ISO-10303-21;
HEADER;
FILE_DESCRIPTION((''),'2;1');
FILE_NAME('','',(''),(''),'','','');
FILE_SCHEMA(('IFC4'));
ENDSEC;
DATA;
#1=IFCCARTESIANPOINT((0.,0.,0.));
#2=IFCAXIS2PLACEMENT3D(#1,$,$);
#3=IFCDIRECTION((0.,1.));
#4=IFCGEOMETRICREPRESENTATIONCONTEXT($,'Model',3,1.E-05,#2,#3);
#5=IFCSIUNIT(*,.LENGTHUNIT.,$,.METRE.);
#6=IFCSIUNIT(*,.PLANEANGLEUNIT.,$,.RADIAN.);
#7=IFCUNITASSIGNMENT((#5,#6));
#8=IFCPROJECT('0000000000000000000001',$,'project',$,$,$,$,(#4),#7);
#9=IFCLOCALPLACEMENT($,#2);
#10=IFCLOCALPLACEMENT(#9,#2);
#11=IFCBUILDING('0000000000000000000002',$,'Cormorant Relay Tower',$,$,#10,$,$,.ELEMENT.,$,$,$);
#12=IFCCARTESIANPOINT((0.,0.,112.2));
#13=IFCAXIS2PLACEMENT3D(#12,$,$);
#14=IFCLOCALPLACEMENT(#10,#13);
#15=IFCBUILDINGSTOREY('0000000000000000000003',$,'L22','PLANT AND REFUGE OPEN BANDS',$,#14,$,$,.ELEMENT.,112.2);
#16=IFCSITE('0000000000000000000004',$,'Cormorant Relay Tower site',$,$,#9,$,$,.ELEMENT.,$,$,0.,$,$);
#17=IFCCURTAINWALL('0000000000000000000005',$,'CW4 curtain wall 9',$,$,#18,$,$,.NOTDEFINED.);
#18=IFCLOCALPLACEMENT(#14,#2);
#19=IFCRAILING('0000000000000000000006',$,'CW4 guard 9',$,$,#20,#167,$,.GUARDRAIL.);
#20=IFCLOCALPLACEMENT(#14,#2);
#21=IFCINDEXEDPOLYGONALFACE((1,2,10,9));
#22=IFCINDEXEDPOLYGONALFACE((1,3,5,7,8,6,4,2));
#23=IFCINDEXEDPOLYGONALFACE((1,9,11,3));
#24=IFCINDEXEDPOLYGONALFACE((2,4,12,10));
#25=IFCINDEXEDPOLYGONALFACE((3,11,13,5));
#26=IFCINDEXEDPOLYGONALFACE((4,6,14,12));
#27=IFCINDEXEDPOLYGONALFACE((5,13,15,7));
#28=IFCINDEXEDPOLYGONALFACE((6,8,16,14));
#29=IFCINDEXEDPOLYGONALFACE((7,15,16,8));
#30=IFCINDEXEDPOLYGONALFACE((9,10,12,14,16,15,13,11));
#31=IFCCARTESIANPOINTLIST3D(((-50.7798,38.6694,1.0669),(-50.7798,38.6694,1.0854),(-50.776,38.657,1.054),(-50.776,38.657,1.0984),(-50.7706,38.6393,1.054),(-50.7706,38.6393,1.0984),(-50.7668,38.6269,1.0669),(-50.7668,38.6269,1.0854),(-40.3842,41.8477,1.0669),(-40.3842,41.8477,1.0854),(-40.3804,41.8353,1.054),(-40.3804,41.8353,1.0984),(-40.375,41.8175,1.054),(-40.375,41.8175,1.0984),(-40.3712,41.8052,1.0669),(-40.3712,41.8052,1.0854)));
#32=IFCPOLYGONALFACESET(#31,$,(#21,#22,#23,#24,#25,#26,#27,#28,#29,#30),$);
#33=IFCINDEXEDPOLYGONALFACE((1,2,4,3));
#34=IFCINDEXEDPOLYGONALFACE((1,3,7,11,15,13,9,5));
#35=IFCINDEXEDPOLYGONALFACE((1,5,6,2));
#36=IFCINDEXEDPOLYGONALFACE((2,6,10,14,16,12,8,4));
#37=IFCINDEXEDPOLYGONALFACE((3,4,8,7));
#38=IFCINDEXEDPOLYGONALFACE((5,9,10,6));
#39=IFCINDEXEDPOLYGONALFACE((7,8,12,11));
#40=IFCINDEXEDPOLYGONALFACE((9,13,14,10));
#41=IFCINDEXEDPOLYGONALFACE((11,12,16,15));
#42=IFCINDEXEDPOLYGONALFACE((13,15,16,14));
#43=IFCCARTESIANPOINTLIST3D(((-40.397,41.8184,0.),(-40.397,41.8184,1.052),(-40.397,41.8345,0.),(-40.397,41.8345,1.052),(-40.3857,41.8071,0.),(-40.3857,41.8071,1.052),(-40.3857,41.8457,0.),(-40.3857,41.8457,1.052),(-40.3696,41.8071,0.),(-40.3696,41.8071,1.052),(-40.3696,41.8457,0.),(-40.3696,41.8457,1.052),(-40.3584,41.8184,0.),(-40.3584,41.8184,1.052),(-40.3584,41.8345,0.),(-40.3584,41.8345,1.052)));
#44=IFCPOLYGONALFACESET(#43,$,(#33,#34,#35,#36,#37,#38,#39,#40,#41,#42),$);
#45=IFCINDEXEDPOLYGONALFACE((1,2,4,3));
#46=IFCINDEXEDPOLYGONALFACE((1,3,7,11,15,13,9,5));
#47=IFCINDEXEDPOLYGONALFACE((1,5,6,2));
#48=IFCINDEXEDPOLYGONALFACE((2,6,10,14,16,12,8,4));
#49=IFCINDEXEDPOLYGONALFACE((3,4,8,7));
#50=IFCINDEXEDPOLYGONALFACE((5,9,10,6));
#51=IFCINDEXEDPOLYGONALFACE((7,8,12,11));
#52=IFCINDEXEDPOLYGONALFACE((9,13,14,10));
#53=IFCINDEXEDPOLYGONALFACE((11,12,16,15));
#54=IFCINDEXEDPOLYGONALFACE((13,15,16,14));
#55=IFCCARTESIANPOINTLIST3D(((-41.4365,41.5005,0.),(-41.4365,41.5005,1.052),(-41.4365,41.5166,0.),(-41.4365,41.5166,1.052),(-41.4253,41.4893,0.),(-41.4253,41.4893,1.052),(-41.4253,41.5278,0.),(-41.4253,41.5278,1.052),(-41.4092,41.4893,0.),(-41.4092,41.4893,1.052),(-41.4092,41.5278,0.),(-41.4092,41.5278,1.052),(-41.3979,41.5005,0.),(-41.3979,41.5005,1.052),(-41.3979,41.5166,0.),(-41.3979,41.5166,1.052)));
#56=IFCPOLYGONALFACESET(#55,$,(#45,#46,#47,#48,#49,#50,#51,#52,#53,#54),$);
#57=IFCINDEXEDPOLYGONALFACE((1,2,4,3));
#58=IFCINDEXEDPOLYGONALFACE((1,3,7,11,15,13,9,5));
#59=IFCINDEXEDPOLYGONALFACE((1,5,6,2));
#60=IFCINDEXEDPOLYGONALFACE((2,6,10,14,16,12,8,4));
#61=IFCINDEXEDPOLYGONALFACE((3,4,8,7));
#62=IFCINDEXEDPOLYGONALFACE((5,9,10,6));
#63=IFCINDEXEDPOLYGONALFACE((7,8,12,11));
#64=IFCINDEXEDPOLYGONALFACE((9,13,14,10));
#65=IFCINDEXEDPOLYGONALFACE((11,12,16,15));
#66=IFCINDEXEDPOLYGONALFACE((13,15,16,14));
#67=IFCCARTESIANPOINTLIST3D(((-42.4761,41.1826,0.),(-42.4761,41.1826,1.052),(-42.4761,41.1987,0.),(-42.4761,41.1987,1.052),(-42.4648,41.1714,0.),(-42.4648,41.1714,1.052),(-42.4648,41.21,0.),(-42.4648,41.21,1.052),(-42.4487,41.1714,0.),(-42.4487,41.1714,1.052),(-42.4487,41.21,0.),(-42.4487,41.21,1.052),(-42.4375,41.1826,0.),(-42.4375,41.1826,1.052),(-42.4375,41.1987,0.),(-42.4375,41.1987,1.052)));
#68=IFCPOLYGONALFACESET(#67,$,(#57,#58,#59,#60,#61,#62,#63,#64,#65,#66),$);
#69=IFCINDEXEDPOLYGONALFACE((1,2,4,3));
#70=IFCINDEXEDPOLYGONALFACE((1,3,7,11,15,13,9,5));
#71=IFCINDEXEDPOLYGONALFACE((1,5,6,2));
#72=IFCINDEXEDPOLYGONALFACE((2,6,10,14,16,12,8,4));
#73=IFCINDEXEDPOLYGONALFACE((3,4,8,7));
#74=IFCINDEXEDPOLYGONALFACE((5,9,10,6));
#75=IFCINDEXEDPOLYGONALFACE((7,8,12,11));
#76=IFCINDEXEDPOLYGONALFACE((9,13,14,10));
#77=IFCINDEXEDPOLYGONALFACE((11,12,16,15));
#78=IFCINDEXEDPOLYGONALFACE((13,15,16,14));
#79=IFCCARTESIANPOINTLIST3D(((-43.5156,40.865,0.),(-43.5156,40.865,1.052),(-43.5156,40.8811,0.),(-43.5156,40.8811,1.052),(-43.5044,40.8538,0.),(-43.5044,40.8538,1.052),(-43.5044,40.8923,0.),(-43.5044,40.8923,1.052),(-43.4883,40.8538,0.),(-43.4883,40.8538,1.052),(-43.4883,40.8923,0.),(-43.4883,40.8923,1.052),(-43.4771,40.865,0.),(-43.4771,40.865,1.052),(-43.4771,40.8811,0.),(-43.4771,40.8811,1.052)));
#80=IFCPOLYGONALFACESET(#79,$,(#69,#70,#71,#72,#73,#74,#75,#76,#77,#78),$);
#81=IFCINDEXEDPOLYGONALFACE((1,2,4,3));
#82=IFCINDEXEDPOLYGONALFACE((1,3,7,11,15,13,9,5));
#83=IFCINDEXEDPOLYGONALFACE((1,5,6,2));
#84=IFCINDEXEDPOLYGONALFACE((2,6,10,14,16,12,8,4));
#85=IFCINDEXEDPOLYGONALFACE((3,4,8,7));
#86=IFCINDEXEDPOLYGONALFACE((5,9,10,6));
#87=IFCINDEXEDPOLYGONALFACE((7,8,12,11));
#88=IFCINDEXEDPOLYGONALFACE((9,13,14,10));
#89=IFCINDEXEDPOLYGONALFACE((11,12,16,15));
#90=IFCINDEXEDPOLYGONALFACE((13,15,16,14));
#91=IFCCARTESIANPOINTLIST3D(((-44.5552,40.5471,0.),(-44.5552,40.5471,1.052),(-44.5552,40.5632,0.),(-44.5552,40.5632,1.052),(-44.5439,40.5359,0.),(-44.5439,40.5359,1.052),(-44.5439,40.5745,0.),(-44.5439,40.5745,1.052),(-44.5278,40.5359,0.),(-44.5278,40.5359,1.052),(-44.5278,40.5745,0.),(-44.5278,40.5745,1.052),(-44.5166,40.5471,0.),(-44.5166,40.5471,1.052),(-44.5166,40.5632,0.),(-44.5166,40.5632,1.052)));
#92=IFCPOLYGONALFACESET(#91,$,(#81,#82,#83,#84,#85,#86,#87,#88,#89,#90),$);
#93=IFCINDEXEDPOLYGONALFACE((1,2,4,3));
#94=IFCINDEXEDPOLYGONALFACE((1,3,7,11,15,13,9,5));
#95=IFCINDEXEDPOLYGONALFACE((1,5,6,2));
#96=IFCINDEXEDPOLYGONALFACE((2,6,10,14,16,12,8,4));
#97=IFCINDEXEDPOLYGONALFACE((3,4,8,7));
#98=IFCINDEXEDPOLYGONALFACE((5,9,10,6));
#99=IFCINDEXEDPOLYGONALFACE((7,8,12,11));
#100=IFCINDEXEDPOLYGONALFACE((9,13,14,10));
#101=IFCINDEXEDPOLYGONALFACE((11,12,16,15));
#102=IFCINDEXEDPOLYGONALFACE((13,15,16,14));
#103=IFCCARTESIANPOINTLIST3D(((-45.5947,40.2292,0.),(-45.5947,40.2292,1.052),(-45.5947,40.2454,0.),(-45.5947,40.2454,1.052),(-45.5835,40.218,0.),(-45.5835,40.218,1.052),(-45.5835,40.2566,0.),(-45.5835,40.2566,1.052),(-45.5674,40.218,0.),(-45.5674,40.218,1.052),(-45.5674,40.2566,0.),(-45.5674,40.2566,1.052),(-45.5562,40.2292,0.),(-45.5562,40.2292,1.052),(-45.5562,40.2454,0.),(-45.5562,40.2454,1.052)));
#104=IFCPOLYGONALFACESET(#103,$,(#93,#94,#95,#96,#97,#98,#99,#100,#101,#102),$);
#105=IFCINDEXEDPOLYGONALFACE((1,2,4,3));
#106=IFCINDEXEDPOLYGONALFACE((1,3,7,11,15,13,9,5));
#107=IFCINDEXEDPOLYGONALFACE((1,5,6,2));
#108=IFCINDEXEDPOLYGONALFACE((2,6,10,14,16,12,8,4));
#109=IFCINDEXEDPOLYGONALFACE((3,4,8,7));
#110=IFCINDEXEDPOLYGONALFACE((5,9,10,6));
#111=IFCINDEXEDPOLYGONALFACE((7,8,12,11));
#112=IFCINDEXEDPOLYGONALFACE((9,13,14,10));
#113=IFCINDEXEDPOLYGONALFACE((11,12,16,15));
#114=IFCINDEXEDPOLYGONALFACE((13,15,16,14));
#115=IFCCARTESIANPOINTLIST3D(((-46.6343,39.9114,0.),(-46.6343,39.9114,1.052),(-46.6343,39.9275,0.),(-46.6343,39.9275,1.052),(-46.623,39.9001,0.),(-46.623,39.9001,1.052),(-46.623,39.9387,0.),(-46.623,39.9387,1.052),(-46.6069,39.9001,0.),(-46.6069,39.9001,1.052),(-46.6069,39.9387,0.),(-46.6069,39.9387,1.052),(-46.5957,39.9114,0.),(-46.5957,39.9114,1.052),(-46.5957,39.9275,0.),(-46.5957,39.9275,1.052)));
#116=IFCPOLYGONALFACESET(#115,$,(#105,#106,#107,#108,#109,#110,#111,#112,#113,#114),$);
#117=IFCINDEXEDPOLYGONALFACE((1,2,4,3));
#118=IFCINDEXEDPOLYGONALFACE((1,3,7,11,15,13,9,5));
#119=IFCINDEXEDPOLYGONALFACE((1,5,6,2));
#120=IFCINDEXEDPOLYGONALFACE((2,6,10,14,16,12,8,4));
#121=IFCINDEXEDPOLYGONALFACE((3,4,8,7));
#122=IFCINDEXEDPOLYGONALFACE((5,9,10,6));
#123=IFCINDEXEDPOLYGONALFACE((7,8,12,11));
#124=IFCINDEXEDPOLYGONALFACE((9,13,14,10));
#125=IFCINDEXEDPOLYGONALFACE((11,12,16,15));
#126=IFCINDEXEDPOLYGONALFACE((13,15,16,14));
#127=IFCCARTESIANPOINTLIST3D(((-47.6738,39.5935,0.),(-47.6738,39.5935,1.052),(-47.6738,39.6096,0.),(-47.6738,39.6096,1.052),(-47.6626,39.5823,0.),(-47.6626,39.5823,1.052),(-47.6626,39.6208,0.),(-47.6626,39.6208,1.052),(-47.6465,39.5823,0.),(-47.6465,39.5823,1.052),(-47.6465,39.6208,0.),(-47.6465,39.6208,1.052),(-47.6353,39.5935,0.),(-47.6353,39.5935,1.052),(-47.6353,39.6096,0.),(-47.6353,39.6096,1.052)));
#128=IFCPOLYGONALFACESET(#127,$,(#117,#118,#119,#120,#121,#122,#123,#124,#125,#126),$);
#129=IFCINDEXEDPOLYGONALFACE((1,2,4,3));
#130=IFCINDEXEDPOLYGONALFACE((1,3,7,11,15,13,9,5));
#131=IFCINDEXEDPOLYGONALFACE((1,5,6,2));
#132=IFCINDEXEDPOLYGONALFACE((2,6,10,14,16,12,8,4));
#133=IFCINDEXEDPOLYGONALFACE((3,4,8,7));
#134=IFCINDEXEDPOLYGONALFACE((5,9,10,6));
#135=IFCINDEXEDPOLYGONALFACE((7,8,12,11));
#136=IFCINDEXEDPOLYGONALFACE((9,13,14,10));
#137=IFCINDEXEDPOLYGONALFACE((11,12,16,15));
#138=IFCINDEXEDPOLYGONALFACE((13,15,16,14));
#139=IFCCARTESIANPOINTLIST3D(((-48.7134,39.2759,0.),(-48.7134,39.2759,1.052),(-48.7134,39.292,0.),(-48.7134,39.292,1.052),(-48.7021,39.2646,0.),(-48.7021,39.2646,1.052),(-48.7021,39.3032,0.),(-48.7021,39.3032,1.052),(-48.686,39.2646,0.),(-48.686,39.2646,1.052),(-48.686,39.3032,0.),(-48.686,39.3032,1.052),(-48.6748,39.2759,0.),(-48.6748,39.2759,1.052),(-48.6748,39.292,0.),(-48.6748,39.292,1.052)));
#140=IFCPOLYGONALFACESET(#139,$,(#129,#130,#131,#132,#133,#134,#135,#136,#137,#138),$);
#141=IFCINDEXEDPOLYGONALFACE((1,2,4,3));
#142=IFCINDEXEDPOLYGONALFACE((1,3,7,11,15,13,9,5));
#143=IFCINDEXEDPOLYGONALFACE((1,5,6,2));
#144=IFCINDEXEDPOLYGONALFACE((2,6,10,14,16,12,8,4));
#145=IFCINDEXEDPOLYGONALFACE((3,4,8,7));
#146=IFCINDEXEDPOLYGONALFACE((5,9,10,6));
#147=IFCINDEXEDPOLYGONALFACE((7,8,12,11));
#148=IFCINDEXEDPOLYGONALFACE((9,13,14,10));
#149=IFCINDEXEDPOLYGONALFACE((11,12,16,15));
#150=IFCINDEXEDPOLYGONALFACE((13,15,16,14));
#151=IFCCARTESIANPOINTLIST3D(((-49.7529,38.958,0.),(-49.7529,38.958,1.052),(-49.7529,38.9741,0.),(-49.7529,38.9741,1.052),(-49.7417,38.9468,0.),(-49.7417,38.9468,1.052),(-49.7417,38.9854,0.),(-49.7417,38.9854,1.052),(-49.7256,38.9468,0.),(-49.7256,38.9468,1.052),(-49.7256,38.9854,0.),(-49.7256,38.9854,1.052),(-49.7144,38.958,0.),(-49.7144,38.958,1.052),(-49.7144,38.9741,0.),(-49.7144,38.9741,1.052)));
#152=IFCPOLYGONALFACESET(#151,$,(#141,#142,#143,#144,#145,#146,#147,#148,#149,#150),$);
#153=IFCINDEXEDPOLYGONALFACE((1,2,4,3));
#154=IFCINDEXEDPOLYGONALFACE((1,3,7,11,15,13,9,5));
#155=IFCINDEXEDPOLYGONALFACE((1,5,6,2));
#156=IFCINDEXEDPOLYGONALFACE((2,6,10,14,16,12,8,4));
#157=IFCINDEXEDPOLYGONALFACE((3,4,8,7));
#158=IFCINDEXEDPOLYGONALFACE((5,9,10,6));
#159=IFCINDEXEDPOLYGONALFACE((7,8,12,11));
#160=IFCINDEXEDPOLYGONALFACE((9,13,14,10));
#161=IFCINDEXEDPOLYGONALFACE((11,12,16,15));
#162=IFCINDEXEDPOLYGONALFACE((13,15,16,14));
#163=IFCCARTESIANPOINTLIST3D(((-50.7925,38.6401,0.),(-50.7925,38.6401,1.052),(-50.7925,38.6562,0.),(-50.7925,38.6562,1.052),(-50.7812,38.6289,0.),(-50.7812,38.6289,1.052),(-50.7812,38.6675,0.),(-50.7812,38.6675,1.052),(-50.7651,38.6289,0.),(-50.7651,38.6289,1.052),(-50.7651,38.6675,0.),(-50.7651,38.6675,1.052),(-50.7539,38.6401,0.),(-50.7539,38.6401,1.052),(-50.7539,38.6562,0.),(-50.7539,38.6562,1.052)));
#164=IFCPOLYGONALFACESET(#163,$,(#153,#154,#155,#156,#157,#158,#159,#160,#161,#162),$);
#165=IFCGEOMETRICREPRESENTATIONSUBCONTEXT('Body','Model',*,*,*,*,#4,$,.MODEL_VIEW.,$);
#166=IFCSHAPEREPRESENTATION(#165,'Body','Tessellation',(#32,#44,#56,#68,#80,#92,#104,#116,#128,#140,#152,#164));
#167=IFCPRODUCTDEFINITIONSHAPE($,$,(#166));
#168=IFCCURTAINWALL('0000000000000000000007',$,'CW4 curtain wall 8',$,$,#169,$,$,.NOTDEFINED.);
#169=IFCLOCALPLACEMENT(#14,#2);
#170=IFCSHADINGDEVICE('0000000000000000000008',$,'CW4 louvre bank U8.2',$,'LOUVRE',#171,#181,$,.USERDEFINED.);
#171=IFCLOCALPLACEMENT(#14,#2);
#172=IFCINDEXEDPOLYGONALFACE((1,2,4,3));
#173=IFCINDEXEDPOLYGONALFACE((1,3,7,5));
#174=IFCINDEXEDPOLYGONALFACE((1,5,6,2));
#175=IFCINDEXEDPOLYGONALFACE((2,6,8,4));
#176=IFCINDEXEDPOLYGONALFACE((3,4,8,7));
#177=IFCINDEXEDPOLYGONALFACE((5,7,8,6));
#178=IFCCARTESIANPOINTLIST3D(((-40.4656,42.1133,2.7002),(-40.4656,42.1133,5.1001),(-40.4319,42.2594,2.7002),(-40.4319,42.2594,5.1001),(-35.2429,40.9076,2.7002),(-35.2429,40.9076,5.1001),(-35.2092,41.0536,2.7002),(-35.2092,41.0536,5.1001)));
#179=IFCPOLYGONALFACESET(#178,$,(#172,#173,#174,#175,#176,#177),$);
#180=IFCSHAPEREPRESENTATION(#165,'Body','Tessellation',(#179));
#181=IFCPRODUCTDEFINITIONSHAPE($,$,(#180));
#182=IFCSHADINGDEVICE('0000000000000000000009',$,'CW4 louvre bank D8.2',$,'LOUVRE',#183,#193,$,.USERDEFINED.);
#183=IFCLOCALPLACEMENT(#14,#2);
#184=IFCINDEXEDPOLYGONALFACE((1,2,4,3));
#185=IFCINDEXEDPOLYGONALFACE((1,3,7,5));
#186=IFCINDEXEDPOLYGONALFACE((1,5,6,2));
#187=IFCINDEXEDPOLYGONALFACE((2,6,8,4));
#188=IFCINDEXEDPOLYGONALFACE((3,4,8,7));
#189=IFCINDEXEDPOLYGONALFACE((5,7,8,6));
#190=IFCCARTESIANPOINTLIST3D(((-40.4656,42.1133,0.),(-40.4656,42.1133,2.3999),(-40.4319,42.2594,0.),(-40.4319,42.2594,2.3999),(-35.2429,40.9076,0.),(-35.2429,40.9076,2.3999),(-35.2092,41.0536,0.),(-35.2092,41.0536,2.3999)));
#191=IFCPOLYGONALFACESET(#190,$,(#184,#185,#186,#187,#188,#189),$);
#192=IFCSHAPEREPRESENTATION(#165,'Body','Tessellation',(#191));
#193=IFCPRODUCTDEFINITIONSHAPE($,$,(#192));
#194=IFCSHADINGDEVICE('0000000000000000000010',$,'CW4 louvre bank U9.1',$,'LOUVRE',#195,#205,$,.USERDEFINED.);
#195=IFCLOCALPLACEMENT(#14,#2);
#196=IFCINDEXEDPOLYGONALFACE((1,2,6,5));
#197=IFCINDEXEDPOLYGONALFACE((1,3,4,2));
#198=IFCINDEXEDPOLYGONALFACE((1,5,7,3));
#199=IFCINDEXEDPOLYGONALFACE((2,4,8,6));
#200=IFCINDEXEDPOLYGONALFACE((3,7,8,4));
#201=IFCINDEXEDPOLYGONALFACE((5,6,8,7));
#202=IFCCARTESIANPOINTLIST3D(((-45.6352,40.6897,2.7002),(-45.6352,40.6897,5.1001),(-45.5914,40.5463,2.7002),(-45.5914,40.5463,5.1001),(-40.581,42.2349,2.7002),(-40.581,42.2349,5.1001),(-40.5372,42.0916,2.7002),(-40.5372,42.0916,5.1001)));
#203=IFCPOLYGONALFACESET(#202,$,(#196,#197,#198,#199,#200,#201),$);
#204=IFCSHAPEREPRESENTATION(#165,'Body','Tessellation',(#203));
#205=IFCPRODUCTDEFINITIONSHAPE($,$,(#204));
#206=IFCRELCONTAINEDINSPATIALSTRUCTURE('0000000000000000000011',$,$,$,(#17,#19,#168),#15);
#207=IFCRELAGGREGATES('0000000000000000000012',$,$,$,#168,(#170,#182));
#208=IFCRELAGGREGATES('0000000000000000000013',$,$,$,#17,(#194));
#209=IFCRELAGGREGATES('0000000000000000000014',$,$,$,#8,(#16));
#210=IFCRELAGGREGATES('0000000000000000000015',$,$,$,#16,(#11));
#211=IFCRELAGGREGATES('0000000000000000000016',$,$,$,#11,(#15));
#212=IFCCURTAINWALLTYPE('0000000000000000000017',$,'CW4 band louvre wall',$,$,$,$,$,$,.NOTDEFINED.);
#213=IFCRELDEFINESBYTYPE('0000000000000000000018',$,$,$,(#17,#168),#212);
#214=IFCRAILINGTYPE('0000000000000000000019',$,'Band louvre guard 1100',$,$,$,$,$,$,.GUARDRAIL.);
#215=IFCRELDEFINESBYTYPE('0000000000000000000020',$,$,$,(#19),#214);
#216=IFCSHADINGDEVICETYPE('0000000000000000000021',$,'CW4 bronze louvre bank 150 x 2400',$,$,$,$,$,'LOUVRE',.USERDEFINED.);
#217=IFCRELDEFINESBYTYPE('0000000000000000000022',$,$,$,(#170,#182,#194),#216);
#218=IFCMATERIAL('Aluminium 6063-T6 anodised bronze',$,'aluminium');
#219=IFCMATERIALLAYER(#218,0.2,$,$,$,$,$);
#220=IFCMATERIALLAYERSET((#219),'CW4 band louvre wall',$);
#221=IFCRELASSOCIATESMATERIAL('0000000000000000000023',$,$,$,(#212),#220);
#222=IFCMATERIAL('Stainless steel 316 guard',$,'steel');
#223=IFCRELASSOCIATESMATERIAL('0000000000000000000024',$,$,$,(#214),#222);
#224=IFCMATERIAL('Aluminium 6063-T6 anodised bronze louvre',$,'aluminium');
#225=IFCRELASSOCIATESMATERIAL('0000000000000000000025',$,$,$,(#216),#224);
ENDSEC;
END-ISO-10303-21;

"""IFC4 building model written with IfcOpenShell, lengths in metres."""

from ifc_helpers import new_model, si_unit, direction, frame, origin, origin_2d, place, context, subcontext, project, spatial, polyline, rectangle, outline, extrude, material, layer, layer_set, type_object, element, aggregate, save


model = new_model("IFC4")

# Units and contexts
model_context = context("Model", 3, precision=1e-05, world=origin(), true_north=direction((0.0, 1.0)))
body_context = subcontext(model_context, "Body", "Model", "MODEL_VIEW")
ifc_project = project(units=[si_unit("LENGTHUNIT", "METRE"), si_unit("PLANEANGLEUNIT", "RADIAN")], contexts=[model_context])

# Site, building, storey
site_placement = place(None, origin())
site = spatial("IfcSite", under=ifc_project, at=site_placement, Name="Cormorant Relay Tower site", CompositionType="ELEMENT", RefElevation=0.0)
building_placement = place(site_placement, origin())
building = spatial("IfcBuilding", under=site, at=building_placement, Name="Cormorant Relay Tower", CompositionType="ELEMENT")
storey_placement = place(building_placement, frame((0.0, 0.0, 112.2)))
storey = spatial("IfcBuildingStorey", under=building, at=storey_placement, Name="L22", Description="PLANT AND REFUGE OPEN BANDS", CompositionType="ELEMENT", Elevation=112.2)

# Curtain wall
ifc_material_1 = material(Name="Aluminium 6063-T6 anodised bronze", Category="aluminium")
ifc_layer_1 = layer(ifc_material_1, 0.2)
ifc_layer_set_1 = layer_set([ifc_layer_1], Name="CW4 band louvre wall")
curtain_wall_type = type_object("IfcCurtainWallType", Name="CW4 band louvre wall", PredefinedType="NOTDEFINED", material=ifc_layer_set_1)
curtain_wall_1_placement = place(storey_placement, origin())
curtain_wall_1 = element("IfcCurtainWall", 1, at=curtain_wall_1_placement, inside=storey, type_object=curtain_wall_type, Name="CW4 curtain wall 9", PredefinedType="NOTDEFINED")

# Railing
ifc_material_2 = material(Name="Stainless steel 316 guard", Category="steel")
railing_type = type_object("IfcRailingType", Name="Band louvre guard 1100", PredefinedType="GUARDRAIL", material=ifc_material_2)
railing_placement = place(storey_placement, frame((-40.3777, 41.8264, 0.0)))
element("IfcRailing", 2, at=railing_placement, inside=storey, type_object=railing_type, Name="CW4 guard 9", PredefinedType="GUARDRAIL", context=body_context, shape_type="SweptSolid", body=[
    extrude(outline(polyline([(0.0222, 0.0093), (0.0093, 0.0222), (-0.0093, 0.0222), (-0.0222, 0.0093), (-0.0222, -0.0093), (-0.0093, -0.0222), (0.0093, -0.0222), (0.0222, -0.0093), (0.0222, 0.0093)])), frame((0.0, 0.0, 1.0762), z_axis=(-0.956305, -0.292371, 0.0), x_axis=(0.292371, -0.956305, 0.0)), (0.0, 0.0, 1.0), 10.8706),
    extrude(outline(polyline([(0.0193, 0.0081), (0.0081, 0.0193), (-0.0081, 0.0193), (-0.0193, 0.0081), (-0.0193, -0.0081), (-0.0081, -0.0193), (0.0081, -0.0193), (0.0193, -0.0081), (0.0193, 0.0081)])), origin(), (0.0, 0.0, 1.0), 1.052),
    extrude(outline(polyline([(0.0193, 0.0081), (0.0081, 0.0193), (-0.0081, 0.0193), (-0.0193, 0.0081), (-0.0193, -0.0081), (-0.0081, -0.0193), (0.0081, -0.0193), (0.0193, -0.0081), (0.0193, 0.0081)])), frame((-1.0396, -0.3179, 0.0)), (0.0, 0.0, 1.0), 1.052),
    extrude(outline(polyline([(0.0193, 0.0081), (0.0081, 0.0193), (-0.0081, 0.0193), (-0.0193, 0.0081), (-0.0193, -0.0081), (-0.0081, -0.0193), (0.0081, -0.0193), (0.0193, -0.0081), (0.0193, 0.0081)])), frame((-2.0791, -0.6357, 0.0)), (0.0, 0.0, 1.0), 1.052),
    extrude(outline(polyline([(0.0193, 0.0081), (0.0081, 0.0193), (-0.0081, 0.0193), (-0.0193, 0.0081), (-0.0193, -0.0081), (-0.0081, -0.0193), (0.0081, -0.0193), (0.0193, -0.0081), (0.0193, 0.0081)])), frame((-3.1187, -0.9534, 0.0)), (0.0, 0.0, 1.0), 1.052),
    extrude(outline(polyline([(0.0193, 0.0081), (0.0081, 0.0193), (-0.0081, 0.0193), (-0.0193, 0.0081), (-0.0193, -0.0081), (-0.0081, -0.0193), (0.0081, -0.0193), (0.0193, -0.0081), (0.0193, 0.0081)])), frame((-4.1582, -1.2712, 0.0)), (0.0, 0.0, 1.0), 1.052),
    extrude(outline(polyline([(0.0193, 0.0081), (0.0081, 0.0193), (-0.0081, 0.0193), (-0.0193, 0.0081), (-0.0193, -0.0081), (-0.0081, -0.0193), (0.0081, -0.0193), (0.0193, -0.0081), (0.0193, 0.0081)])), frame((-5.1978, -1.5891, 0.0)), (0.0, 0.0, 1.0), 1.052),
    extrude(outline(polyline([(0.0193, 0.0081), (0.0081, 0.0193), (-0.0081, 0.0193), (-0.0193, 0.0081), (-0.0193, -0.0081), (-0.0081, -0.0193), (0.0081, -0.0193), (0.0193, -0.0081), (0.0193, 0.0081)])), frame((-6.2373, -1.907, 0.0)), (0.0, 0.0, 1.0), 1.052),
    extrude(outline(polyline([(0.0193, 0.0081), (0.0081, 0.0193), (-0.0081, 0.0193), (-0.0193, 0.0081), (-0.0193, -0.0081), (-0.0081, -0.0193), (0.0081, -0.0193), (0.0193, -0.0081), (0.0193, 0.0081)])), frame((-7.2769, -2.2249, 0.0)), (0.0, 0.0, 1.0), 1.052),
    extrude(outline(polyline([(0.0193, 0.0081), (0.0081, 0.0193), (-0.0081, 0.0193), (-0.0193, 0.0081), (-0.0193, -0.0081), (-0.0081, -0.0193), (0.0081, -0.0193), (0.0193, -0.0081), (0.0193, 0.0081)])), frame((-8.3164, -2.5425, 0.0)), (0.0, 0.0, 1.0), 1.052),
    extrude(outline(polyline([(0.0193, 0.0081), (0.0081, 0.0193), (-0.0081, 0.0193), (-0.0193, 0.0081), (-0.0193, -0.0081), (-0.0081, -0.0193), (0.0081, -0.0193), (0.0193, -0.0081), (0.0193, 0.0081)])), frame((-9.356, -2.8604, 0.0)), (0.0, 0.0, 1.0), 1.052),
    extrude(outline(polyline([(0.0193, 0.0081), (0.0081, 0.0193), (-0.0081, 0.0193), (-0.0193, 0.0081), (-0.0193, -0.0081), (-0.0081, -0.0193), (0.0081, -0.0193), (0.0193, -0.0081), (0.0193, 0.0081)])), frame((-10.3955, -3.1782, 0.0)), (0.0, 0.0, 1.0), 1.052),
])

# Curtain wall, shading devices
curtain_wall_2_placement = place(storey_placement, origin())
curtain_wall_2 = element("IfcCurtainWall", 3, at=curtain_wall_2_placement, inside=storey, type_object=curtain_wall_type, Name="CW4 curtain wall 8", PredefinedType="NOTDEFINED")
ifc_material_3 = material(Name="Aluminium 6063-T6 anodised bronze louvre", Category="aluminium")
shading_device_type = type_object("IfcShadingDeviceType", Name="CW4 bronze louvre bank 150 x 2400", ElementType="LOUVRE", PredefinedType="USERDEFINED", material=ifc_material_3)
shading_device_1_placement = place(storey_placement, frame((-37.8374, 41.5835, 2.7002), z_axis=(0.0, 0.0, 1.0), x_axis=(-0.97437, 0.224951, 0.0)))
shading_device_1 = element("IfcShadingDevice", 4, at=shading_device_1_placement, type_object=shading_device_type, Name="CW4 louvre bank U8.2", ObjectType="LOUVRE", PredefinedType="USERDEFINED", context=body_context, shape_type="SweptSolid", body=[
    extrude(rectangle(XDim=5.3601, YDim=0.1499, at=origin_2d()), origin(), (0.0, 0.0, 1.0), 2.3999),
])
shading_device_2_placement = place(storey_placement, frame((-37.8374, 41.5835, 0.0), z_axis=(0.0, 0.0, 1.0), x_axis=(-0.97437, 0.224951, 0.0)))
shading_device_2 = element("IfcShadingDevice", 5, at=shading_device_2_placement, type_object=shading_device_type, Name="CW4 louvre bank D8.2", ObjectType="LOUVRE", PredefinedType="USERDEFINED", context=body_context, shape_type="SweptSolid", body=[
    extrude(rectangle(XDim=5.3601, YDim=0.1499, at=origin_2d()), origin(), (0.0, 0.0, 1.0), 2.3999),
])
aggregate(curtain_wall_2, [shading_device_1, shading_device_2])

# Shading device
shading_device_3_placement = place(storey_placement, frame((-43.0862, 41.3906, 2.7002), z_axis=(0.0, 0.0, 1.0), x_axis=(-0.956305, -0.292372, 0.0)))
shading_device_3 = element("IfcShadingDevice", 6, at=shading_device_3_placement, type_object=shading_device_type, Name="CW4 louvre bank U9.1", ObjectType="LOUVRE", PredefinedType="USERDEFINED", context=body_context, shape_type="SweptSolid", body=[
    extrude(rectangle(XDim=5.2852, YDim=0.1499, at=origin_2d()), origin(), (0.0, 0.0, 1.0), 2.3999),
])
aggregate(curtain_wall_1, [shading_device_3])

save(model, "model.ifc")
